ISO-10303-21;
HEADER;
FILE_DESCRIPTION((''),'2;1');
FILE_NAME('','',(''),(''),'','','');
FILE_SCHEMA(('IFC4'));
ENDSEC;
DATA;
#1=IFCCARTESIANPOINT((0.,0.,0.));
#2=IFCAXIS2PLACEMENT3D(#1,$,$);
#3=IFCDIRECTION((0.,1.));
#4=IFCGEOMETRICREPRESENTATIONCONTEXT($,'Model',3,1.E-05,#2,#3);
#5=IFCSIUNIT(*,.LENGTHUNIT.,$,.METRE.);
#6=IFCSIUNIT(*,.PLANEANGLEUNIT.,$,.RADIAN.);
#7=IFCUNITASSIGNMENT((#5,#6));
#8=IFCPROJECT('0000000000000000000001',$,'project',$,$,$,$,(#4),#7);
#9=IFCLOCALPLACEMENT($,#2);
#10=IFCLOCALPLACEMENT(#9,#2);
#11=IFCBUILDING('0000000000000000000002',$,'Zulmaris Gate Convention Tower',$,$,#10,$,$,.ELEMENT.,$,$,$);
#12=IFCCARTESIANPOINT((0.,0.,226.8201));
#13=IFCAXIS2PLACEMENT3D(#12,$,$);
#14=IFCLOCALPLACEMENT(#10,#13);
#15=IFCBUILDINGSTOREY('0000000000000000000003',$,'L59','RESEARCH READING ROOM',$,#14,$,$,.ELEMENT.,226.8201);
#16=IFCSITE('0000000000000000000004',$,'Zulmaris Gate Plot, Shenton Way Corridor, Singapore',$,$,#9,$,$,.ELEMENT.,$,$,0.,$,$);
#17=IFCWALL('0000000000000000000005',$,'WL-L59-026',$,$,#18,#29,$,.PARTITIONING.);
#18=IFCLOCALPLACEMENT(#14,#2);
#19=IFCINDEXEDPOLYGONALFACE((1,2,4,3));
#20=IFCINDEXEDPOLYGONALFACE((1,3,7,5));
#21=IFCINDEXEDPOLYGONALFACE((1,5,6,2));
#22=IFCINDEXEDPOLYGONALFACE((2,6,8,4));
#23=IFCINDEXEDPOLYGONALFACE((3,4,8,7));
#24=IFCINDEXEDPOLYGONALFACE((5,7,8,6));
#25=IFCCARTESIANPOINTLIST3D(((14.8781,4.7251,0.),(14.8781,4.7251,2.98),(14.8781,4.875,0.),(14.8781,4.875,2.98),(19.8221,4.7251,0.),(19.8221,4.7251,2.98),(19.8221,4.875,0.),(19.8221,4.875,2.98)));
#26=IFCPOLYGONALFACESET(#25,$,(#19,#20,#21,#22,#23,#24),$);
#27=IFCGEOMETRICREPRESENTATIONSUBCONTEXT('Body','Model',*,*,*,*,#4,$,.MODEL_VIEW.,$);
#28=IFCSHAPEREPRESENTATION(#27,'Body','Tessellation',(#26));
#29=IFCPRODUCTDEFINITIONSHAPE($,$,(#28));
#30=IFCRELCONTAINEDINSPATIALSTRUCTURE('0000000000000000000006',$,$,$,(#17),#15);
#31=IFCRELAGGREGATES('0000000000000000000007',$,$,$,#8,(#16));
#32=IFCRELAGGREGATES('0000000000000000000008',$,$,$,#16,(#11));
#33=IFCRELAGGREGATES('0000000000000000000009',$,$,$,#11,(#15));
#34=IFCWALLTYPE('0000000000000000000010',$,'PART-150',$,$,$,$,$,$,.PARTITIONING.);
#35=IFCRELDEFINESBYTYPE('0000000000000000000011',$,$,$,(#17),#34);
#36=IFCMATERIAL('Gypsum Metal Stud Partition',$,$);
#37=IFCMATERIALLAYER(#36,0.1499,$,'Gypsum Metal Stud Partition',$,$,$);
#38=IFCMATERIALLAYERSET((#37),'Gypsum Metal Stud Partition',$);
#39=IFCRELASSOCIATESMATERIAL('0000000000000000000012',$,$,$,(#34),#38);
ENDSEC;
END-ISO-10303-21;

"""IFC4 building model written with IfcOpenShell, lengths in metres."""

from ifc_helpers import new_model, si_unit, direction, frame, frame_2d, origin, place, context, subcontext, project, spatial, rectangle, extrude, material, layer, layer_set, type_object, element, save


model = new_model("IFC4")

# Units and contexts
model_context = context("Model", 3, precision=1e-05, world=origin(), true_north=direction((0.0, 1.0)))
body_context = subcontext(model_context, "Body", "Model", "MODEL_VIEW")
ifc_project = project(units=[si_unit("LENGTHUNIT", "METRE"), si_unit("PLANEANGLEUNIT", "RADIAN")], contexts=[model_context])

# Site, building, storey
site_placement = place(None, origin())
site = spatial("IfcSite", under=ifc_project, at=site_placement, Name="Zulmaris Gate Plot, Shenton Way Corridor, Singapore", CompositionType="ELEMENT", RefElevation=0.0)
building_placement = place(site_placement, origin())
building = spatial("IfcBuilding", under=site, at=building_placement, Name="Zulmaris Gate Convention Tower", CompositionType="ELEMENT")
storey_placement = place(building_placement, frame((0.0, 0.0, 226.8201)))
storey = spatial("IfcBuildingStorey", under=building, at=storey_placement, Name="L59", Description="RESEARCH READING ROOM", CompositionType="ELEMENT", Elevation=226.8201)

# Wall
ifc_material_1 = material(Name="Gypsum Metal Stud Partition")
ifc_layer_1 = layer(ifc_material_1, 0.1499, Name="Gypsum Metal Stud Partition")
ifc_layer_set_1 = layer_set([ifc_layer_1], Name="Gypsum Metal Stud Partition")
wall_type_1 = type_object("IfcWallType", Name="PART-150", PredefinedType="PARTITIONING", material=ifc_layer_set_1)
wall_1_placement = place(storey_placement, frame((14.8779, 4.8, 0.0), z_axis=(0.0, 0.0, 1.0), x_axis=(1.0, 0.0, 0.0)))
element("IfcWall", 1, at=wall_1_placement, inside=storey, type_object=wall_type_1, Name="WL-L59-026", PredefinedType="PARTITIONING", context=body_context, shape_type="SweptSolid", body=[
    extrude(rectangle(XDim=4.9441, YDim=0.1499, at=frame_2d((2.4722, 0.0))), origin(), (0.0, 0.0, 1.0), 2.98),
])

save(model, "model.ifc")
